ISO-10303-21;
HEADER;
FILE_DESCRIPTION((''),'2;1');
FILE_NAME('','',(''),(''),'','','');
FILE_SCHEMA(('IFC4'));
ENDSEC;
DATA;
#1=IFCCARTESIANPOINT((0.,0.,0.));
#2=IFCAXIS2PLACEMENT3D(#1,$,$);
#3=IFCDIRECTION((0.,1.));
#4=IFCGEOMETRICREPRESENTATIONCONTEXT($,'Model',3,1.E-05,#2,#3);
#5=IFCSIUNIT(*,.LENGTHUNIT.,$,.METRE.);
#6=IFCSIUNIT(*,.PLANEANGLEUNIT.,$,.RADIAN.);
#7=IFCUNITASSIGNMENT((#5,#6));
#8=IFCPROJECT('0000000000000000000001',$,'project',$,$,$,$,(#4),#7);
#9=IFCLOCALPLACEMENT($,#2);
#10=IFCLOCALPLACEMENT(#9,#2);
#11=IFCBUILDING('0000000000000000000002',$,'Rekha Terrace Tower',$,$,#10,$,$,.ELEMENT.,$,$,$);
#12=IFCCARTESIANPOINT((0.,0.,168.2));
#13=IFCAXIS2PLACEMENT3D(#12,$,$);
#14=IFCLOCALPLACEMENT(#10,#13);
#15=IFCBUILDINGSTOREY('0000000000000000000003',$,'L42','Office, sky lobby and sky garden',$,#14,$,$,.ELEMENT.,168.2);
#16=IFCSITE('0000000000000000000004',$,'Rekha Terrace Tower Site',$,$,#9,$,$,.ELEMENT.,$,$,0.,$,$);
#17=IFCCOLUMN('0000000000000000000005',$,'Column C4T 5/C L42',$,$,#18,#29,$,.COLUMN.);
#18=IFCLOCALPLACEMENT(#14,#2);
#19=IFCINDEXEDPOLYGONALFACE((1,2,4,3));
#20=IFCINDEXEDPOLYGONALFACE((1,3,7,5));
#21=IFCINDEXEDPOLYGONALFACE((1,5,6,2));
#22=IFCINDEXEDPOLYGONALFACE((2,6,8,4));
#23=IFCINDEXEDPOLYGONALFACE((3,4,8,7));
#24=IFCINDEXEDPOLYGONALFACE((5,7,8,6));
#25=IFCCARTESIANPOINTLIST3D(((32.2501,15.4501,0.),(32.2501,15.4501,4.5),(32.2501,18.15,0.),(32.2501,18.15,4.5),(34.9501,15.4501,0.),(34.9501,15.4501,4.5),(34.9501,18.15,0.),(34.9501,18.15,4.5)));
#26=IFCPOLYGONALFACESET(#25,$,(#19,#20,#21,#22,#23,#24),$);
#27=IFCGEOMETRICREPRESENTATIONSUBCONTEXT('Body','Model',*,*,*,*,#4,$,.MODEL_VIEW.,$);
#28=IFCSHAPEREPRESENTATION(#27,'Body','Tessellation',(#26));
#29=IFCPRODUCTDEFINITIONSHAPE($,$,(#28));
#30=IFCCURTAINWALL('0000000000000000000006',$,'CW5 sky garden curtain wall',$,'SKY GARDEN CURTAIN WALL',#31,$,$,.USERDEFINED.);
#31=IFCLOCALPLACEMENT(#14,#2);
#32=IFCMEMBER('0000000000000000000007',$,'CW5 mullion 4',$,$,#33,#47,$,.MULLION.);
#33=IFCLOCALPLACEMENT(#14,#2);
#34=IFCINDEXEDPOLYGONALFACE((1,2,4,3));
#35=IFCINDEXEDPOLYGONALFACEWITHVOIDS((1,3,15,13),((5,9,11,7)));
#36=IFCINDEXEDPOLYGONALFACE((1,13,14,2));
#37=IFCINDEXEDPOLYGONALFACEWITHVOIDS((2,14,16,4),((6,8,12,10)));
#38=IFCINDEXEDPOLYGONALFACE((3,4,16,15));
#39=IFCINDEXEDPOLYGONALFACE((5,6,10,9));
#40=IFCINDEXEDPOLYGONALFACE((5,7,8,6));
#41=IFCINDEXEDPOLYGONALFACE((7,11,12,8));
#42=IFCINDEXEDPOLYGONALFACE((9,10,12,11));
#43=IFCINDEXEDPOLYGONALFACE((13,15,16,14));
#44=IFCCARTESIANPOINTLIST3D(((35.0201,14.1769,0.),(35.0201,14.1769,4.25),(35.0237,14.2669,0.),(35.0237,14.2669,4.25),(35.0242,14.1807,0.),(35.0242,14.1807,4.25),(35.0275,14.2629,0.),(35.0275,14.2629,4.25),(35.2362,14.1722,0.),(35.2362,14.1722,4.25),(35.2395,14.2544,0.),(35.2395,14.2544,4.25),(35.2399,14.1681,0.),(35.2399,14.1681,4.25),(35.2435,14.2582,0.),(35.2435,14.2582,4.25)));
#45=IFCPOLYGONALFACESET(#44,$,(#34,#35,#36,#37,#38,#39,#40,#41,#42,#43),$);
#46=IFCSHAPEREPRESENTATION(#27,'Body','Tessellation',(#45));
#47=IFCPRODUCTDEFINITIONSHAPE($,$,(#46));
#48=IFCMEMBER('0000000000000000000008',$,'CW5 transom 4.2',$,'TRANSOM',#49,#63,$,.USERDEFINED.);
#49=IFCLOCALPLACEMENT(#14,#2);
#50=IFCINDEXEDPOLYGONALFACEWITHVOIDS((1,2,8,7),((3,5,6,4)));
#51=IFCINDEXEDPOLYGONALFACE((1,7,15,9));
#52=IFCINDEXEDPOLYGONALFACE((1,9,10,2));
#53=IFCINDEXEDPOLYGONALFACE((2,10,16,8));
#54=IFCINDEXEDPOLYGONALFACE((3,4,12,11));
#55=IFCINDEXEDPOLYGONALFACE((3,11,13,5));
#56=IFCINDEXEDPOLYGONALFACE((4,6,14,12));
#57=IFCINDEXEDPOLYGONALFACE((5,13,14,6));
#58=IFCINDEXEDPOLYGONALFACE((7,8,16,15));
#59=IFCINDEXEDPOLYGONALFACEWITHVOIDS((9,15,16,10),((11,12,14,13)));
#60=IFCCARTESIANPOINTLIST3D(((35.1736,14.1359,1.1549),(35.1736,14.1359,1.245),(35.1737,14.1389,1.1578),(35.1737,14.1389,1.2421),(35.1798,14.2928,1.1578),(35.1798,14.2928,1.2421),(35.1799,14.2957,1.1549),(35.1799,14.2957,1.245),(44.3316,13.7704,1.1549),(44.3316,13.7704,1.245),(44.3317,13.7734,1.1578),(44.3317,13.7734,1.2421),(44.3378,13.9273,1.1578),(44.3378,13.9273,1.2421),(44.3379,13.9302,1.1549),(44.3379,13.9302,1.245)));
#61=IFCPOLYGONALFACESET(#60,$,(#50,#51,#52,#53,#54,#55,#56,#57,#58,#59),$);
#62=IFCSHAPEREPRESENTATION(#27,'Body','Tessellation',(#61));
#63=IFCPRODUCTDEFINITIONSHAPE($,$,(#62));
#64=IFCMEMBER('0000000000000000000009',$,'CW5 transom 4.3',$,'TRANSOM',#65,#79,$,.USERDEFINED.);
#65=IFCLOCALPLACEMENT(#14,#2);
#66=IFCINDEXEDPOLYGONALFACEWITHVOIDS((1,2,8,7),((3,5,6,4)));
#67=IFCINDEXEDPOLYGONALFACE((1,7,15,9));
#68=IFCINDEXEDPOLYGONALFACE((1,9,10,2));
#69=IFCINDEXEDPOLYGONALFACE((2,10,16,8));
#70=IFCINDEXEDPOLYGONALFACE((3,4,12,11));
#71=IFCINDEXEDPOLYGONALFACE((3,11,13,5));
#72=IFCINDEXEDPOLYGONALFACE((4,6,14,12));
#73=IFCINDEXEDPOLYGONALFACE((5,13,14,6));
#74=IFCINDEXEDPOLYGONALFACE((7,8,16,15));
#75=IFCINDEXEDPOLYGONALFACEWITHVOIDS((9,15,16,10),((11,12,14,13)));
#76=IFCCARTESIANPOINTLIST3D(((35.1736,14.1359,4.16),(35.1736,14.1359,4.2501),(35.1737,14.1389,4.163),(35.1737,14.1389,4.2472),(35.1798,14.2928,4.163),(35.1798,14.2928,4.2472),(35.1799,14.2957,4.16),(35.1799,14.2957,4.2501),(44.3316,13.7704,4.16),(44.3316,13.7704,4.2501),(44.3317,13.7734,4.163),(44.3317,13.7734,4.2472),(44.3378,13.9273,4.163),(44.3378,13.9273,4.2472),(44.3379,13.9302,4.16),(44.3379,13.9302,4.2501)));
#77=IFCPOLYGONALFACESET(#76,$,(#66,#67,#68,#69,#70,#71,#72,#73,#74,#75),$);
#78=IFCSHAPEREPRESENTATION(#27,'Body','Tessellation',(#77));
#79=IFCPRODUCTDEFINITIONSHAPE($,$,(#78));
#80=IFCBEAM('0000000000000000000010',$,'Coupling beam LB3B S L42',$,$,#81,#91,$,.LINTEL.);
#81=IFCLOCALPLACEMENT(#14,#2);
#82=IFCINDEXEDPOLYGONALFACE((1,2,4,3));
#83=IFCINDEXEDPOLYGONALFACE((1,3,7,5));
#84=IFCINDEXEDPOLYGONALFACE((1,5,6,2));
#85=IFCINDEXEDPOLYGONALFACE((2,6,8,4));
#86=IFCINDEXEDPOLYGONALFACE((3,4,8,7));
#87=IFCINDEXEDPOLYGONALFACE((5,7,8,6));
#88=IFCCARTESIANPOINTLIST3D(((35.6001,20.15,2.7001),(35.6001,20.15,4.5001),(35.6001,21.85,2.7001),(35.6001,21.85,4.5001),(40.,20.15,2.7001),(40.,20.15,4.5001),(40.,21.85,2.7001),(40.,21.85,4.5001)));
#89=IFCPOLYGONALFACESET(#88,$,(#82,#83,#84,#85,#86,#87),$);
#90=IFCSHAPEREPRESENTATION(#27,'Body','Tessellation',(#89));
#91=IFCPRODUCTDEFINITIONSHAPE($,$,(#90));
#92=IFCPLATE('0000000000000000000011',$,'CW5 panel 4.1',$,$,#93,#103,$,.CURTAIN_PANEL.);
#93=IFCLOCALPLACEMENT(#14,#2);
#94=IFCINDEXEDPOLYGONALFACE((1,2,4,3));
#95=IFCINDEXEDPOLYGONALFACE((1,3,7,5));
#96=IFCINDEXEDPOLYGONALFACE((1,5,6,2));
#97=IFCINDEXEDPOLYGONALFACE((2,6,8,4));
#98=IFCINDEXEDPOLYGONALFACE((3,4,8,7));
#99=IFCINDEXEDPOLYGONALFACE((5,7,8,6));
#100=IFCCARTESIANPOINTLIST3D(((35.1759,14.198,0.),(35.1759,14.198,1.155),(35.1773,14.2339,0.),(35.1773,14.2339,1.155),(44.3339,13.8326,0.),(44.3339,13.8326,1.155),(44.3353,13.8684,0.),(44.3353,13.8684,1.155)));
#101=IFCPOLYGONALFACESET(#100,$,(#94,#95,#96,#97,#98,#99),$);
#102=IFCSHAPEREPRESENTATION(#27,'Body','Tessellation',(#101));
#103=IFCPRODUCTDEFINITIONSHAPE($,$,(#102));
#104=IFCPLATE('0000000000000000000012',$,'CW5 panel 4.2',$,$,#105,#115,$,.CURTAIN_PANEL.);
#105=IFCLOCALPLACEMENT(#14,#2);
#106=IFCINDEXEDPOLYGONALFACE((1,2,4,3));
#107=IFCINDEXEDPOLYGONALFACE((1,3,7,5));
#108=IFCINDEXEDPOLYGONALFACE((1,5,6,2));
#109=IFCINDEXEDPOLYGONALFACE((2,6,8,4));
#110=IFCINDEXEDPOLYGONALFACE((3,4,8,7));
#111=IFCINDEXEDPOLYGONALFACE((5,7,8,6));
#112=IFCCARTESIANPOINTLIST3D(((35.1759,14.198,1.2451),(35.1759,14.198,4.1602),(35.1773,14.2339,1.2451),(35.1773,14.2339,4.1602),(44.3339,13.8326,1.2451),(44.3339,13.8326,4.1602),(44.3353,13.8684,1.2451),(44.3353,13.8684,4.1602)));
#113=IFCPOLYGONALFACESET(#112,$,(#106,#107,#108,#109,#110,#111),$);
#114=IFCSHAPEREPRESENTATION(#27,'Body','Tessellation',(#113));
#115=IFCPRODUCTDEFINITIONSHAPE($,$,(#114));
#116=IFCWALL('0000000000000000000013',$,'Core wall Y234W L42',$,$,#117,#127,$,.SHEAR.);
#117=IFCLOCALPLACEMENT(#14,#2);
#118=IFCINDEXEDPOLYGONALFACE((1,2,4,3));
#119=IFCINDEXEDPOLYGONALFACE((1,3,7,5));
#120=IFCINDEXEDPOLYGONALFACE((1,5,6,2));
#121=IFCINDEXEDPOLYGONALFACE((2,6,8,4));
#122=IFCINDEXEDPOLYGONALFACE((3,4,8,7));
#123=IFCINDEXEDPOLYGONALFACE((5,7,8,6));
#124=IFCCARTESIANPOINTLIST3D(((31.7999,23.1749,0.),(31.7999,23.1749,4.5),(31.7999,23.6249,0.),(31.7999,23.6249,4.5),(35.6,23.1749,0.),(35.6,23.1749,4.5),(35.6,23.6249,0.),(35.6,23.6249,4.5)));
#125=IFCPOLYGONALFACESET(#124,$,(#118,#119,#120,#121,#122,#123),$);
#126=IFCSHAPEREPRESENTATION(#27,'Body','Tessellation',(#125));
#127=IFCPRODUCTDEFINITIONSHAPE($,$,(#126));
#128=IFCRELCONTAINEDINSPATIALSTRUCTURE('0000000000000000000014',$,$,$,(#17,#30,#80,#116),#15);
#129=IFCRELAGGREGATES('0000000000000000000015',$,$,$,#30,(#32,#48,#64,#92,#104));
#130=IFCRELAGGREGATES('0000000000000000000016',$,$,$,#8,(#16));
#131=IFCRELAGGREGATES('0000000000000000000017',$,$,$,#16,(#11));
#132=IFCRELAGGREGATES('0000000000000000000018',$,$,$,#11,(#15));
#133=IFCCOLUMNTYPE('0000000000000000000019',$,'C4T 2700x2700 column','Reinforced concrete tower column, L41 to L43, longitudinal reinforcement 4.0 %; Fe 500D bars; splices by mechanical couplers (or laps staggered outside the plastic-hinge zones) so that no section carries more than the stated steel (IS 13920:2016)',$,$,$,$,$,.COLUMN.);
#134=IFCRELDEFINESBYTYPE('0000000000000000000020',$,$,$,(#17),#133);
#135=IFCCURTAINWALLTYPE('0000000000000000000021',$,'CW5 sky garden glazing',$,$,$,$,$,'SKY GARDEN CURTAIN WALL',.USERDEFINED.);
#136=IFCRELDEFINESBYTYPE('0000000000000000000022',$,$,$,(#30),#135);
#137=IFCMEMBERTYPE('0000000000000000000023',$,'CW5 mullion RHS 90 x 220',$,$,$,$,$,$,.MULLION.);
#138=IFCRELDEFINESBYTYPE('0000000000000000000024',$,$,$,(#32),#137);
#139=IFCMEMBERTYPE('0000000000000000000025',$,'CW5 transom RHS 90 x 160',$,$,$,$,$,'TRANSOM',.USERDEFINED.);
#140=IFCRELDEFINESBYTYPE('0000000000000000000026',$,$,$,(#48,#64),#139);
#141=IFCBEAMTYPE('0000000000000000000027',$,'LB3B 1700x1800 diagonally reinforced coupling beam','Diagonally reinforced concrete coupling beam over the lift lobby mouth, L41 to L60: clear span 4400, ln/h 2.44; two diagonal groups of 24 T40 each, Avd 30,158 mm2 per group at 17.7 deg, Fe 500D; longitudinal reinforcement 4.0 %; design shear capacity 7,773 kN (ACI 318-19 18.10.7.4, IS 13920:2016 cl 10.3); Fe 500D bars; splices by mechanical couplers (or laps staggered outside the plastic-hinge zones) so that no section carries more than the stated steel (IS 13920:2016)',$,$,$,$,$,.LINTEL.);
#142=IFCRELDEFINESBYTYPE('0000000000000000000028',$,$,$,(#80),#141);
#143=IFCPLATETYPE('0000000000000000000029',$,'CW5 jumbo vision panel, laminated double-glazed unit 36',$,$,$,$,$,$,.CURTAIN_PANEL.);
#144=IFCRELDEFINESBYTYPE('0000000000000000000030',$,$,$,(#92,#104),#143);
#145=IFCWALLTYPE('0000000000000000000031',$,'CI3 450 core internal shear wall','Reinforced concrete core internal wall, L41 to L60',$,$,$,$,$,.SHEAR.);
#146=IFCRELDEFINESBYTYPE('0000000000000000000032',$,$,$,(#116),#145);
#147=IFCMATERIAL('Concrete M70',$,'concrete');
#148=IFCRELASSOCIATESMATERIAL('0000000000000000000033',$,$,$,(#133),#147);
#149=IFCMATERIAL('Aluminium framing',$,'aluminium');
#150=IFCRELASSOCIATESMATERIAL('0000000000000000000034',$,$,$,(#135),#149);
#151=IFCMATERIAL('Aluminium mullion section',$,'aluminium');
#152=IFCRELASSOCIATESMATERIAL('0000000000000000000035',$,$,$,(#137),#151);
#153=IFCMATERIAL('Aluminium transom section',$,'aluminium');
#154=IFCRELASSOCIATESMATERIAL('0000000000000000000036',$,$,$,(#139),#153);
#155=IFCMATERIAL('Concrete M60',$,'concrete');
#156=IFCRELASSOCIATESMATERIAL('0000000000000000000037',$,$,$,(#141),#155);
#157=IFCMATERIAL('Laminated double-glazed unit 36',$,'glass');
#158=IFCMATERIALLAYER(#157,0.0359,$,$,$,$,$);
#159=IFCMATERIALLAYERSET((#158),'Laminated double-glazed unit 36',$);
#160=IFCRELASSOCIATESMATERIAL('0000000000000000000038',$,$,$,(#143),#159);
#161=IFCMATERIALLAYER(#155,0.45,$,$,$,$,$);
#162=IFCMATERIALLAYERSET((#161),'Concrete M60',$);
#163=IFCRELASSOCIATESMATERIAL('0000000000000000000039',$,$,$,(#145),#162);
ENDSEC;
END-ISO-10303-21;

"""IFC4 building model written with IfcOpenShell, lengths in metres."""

from ifc_helpers import new_model, si_unit, direction, frame, frame_2d, origin, origin_2d, place, context, subcontext, project, spatial, rectangle, hollow_rectangle, extrude, material, layer, layer_set, material_profile, profile_set, type_object, element, aggregate, save


model = new_model("IFC4")

# Units and contexts
model_context = context("Model", 3, precision=1e-05, world=origin(), true_north=direction((0.0, 1.0)))
body_context = subcontext(model_context, "Body", "Model", "MODEL_VIEW")
ifc_project = project(units=[si_unit("LENGTHUNIT", "METRE"), si_unit("PLANEANGLEUNIT", "RADIAN")], contexts=[model_context])

# Site, building, storey
site_placement = place(None, origin())
site = spatial("IfcSite", under=ifc_project, at=site_placement, Name="Rekha Terrace Tower Site", CompositionType="ELEMENT", RefElevation=0.0)
building_placement = place(site_placement, origin())
building = spatial("IfcBuilding", under=site, at=building_placement, Name="Rekha Terrace Tower", CompositionType="ELEMENT")
storey_placement = place(building_placement, frame((0.0, 0.0, 168.2)))
storey = spatial("IfcBuildingStorey", under=building, at=storey_placement, Name="L42", Description="Office, sky lobby and sky garden", CompositionType="ELEMENT", Elevation=168.2)

# Column
ifc_material_1 = material(Name="Concrete M70", Category="concrete")
ifc_material_profile_1 = material_profile(ifc_material_1, rectangle(XDim=2.7, YDim=2.7, at=origin_2d()), Name="RC 2700x2700")
ifc_profile_set_1 = profile_set([ifc_material_profile_1], Name="Concrete M70")
column_type = type_object("IfcColumnType", Name="C4T 2700x2700 column", Description="Reinforced concrete tower column, L41 to L43, longitudinal reinforcement 4.0 %; Fe 500D bars; splices by mechanical couplers (or laps staggered outside the plastic-hinge zones) so that no section carries more than the stated steel (IS 13920:2016)", PredefinedType="COLUMN", material=ifc_profile_set_1)
column_placement = place(storey_placement, frame((33.6001, 16.8, 0.0), z_axis=(0.0, 0.0, 1.0), x_axis=(1.0, 0.0, 0.0)))
element("IfcColumn", 1, at=column_placement, inside=storey, type_object=column_type, Name="Column C4T 5/C L42", PredefinedType="COLUMN", context=body_context, shape_type="SweptSolid", body=[
    extrude(rectangle(XDim=2.7, YDim=2.7, at=origin_2d()), origin(), (0.0, 0.0, 1.0), 4.5),
])

# Curtain wall, members
ifc_material_2 = material(Name="Aluminium framing", Category="aluminium")
curtain_wall_type = type_object("IfcCurtainWallType", Name="CW5 sky garden glazing", ElementType="SKY GARDEN CURTAIN WALL", PredefinedType="USERDEFINED", material=ifc_material_2)
curtain_wall_placement = place(storey_placement, origin())
curtain_wall = element("IfcCurtainWall", 2, at=curtain_wall_placement, inside=storey, type_object=curtain_wall_type, Name="CW5 sky garden curtain wall", ObjectType="SKY GARDEN CURTAIN WALL", PredefinedType="USERDEFINED")
ifc_material_3 = material(Name="Aluminium mullion section", Category="aluminium")
ifc_material_profile_2 = material_profile(ifc_material_3, hollow_rectangle(XDim=0.0901, YDim=0.22, WallThickness=0.0039, at=origin_2d()), Name="AL RHS 90x220")
ifc_profile_set_2 = profile_set([ifc_material_profile_2], Name="Aluminium mullion section")
member_type_1 = type_object("IfcMemberType", Name="CW5 mullion RHS 90 x 220", PredefinedType="MULLION", material=ifc_profile_set_2)
member_1_placement = place(storey_placement, frame((35.1318, 14.2175, 0.0), z_axis=(0.0, 0.0, 1.0), x_axis=(0.039872, 0.999205, 0.0)))
member_1 = element("IfcMember", 3, at=member_1_placement, type_object=member_type_1, Name="CW5 mullion 4", PredefinedType="MULLION", context=body_context, shape_type="SweptSolid", body=[
    extrude(hollow_rectangle(XDim=0.0901, YDim=0.22, WallThickness=0.0039, at=origin_2d()), origin(), (0.0, 0.0, 1.0), 4.25),
])
ifc_material_4 = material(Name="Aluminium transom section", Category="aluminium")
ifc_material_profile_3 = material_profile(ifc_material_4, hollow_rectangle(XDim=0.1599, YDim=0.0901, WallThickness=0.0029, at=origin_2d()), Name="AL RHS 160x90")
ifc_profile_set_3 = profile_set([ifc_material_profile_3], Name="Aluminium transom section")
member_type_2 = type_object("IfcMemberType", Name="CW5 transom RHS 90 x 160", ElementType="TRANSOM", PredefinedType="USERDEFINED", material=ifc_profile_set_3)
member_2_placement = place(storey_placement, frame((35.1768, 14.2158, 1.2), z_axis=(0.999205, -0.039877, 0.0), x_axis=(0.039877, 0.999205, 0.0)))
member_2 = element("IfcMember", 4, at=member_2_placement, type_object=member_type_2, Name="CW5 transom 4.2", ObjectType="TRANSOM", PredefinedType="USERDEFINED", context=body_context, shape_type="SweptSolid", body=[
    extrude(hollow_rectangle(XDim=0.1599, YDim=0.0901, WallThickness=0.0029, at=origin_2d()), origin(), (0.0, 0.0, 1.0), 9.1653),
])
member_3_placement = place(storey_placement, frame((35.1768, 14.2158, 4.2051), z_axis=(0.999205, -0.039877, 0.0), x_axis=(0.039877, 0.999205, 0.0)))
member_3 = element("IfcMember", 5, at=member_3_placement, type_object=member_type_2, Name="CW5 transom 4.3", ObjectType="TRANSOM", PredefinedType="USERDEFINED", context=body_context, shape_type="SweptSolid", body=[
    extrude(hollow_rectangle(XDim=0.1599, YDim=0.0901, WallThickness=0.0029, at=origin_2d()), origin(), (0.0, 0.0, 1.0), 9.1653),
])

# Beam
ifc_material_5 = material(Name="Concrete M60", Category="concrete")
ifc_material_profile_4 = material_profile(ifc_material_5, rectangle(XDim=1.7, YDim=1.8, at=origin_2d()), Name="RC 1700x1800")
ifc_profile_set_4 = profile_set([ifc_material_profile_4], Name="Concrete M60")
beam_type = type_object("IfcBeamType", Name="LB3B 1700x1800 diagonally reinforced coupling beam", Description="Diagonally reinforced concrete coupling beam over the lift lobby mouth, L41 to L60: clear span 4400, ln/h 2.44; two diagonal groups of 24 T40 each, Avd 30,158 mm2 per group at 17.7 deg, Fe 500D; longitudinal reinforcement 4.0 %; design shear capacity 7,773 kN (ACI 318-19 18.10.7.4, IS 13920:2016 cl 10.3); Fe 500D bars; splices by mechanical couplers (or laps staggered outside the plastic-hinge zones) so that no section carries more than the stated steel (IS 13920:2016)", PredefinedType="LINTEL", material=ifc_profile_set_4)
beam_placement = place(storey_placement, frame((35.6001, 21.0, 3.6001), z_axis=(1.0, 0.0, 0.0), x_axis=(0.0, 1.0, 0.0)))
element("IfcBeam", 6, at=beam_placement, inside=storey, type_object=beam_type, Name="Coupling beam LB3B S L42", PredefinedType="LINTEL", context=body_context, shape_type="SweptSolid", body=[
    extrude(rectangle(XDim=1.7, YDim=1.8, at=origin_2d()), origin(), (0.0, 0.0, 1.0), 4.3999),
])

# Plates
ifc_material_6 = material(Name="Laminated double-glazed unit 36", Category="glass")
ifc_layer_1 = layer(ifc_material_6, 0.0359)
ifc_layer_set_1 = layer_set([ifc_layer_1], Name="Laminated double-glazed unit 36")
plate_type = type_object("IfcPlateType", Name="CW5 jumbo vision panel, laminated double-glazed unit 36", PredefinedType="CURTAIN_PANEL", material=ifc_layer_set_1)
plate_1_placement = place(storey_placement, frame((39.7556, 14.0332, 0.0), z_axis=(0.0, 0.0, 1.0), x_axis=(0.999205, -0.039872, 0.0)))
plate_1 = element("IfcPlate", 7, at=plate_1_placement, type_object=plate_type, Name="CW5 panel 4.1", PredefinedType="CURTAIN_PANEL", context=body_context, shape_type="SweptSolid", body=[
    extrude(rectangle(XDim=9.1653, YDim=0.0359, at=origin_2d()), origin(), (0.0, 0.0, 1.0), 1.155),
])
plate_2_placement = place(storey_placement, frame((39.7556, 14.0332, 1.2451), z_axis=(0.0, 0.0, 1.0), x_axis=(0.999205, -0.039872, 0.0)))
plate_2 = element("IfcPlate", 8, at=plate_2_placement, type_object=plate_type, Name="CW5 panel 4.2", PredefinedType="CURTAIN_PANEL", context=body_context, shape_type="SweptSolid", body=[
    extrude(rectangle(XDim=9.1653, YDim=0.0359, at=origin_2d()), origin(), (0.0, 0.0, 1.0), 2.915),
])
aggregate(curtain_wall, [member_1, member_2, member_3, plate_1, plate_2])

# Wall
ifc_layer_2 = layer(ifc_material_5, 0.45)
ifc_layer_set_2 = layer_set([ifc_layer_2], Name="Concrete M60")
wall_type_1 = type_object("IfcWallType", Name="CI3 450 core internal shear wall", Description="Reinforced concrete core internal wall, L41 to L60", PredefinedType="SHEAR", material=ifc_layer_set_2)
wall_1_placement = place(storey_placement, frame((31.8, 23.3999, 0.0), z_axis=(0.0, 0.0, 1.0), x_axis=(1.0, 0.0, 0.0)))
element("IfcWall", 9, at=wall_1_placement, inside=storey, type_object=wall_type_1, Name="Core wall Y234W L42", PredefinedType="SHEAR", context=body_context, shape_type="SweptSolid", body=[
    extrude(rectangle(XDim=3.8, YDim=0.45, at=frame_2d((1.8999, 0.0))), origin(), (0.0, 0.0, 1.0), 4.5),
])

save(model, "model.ifc")
